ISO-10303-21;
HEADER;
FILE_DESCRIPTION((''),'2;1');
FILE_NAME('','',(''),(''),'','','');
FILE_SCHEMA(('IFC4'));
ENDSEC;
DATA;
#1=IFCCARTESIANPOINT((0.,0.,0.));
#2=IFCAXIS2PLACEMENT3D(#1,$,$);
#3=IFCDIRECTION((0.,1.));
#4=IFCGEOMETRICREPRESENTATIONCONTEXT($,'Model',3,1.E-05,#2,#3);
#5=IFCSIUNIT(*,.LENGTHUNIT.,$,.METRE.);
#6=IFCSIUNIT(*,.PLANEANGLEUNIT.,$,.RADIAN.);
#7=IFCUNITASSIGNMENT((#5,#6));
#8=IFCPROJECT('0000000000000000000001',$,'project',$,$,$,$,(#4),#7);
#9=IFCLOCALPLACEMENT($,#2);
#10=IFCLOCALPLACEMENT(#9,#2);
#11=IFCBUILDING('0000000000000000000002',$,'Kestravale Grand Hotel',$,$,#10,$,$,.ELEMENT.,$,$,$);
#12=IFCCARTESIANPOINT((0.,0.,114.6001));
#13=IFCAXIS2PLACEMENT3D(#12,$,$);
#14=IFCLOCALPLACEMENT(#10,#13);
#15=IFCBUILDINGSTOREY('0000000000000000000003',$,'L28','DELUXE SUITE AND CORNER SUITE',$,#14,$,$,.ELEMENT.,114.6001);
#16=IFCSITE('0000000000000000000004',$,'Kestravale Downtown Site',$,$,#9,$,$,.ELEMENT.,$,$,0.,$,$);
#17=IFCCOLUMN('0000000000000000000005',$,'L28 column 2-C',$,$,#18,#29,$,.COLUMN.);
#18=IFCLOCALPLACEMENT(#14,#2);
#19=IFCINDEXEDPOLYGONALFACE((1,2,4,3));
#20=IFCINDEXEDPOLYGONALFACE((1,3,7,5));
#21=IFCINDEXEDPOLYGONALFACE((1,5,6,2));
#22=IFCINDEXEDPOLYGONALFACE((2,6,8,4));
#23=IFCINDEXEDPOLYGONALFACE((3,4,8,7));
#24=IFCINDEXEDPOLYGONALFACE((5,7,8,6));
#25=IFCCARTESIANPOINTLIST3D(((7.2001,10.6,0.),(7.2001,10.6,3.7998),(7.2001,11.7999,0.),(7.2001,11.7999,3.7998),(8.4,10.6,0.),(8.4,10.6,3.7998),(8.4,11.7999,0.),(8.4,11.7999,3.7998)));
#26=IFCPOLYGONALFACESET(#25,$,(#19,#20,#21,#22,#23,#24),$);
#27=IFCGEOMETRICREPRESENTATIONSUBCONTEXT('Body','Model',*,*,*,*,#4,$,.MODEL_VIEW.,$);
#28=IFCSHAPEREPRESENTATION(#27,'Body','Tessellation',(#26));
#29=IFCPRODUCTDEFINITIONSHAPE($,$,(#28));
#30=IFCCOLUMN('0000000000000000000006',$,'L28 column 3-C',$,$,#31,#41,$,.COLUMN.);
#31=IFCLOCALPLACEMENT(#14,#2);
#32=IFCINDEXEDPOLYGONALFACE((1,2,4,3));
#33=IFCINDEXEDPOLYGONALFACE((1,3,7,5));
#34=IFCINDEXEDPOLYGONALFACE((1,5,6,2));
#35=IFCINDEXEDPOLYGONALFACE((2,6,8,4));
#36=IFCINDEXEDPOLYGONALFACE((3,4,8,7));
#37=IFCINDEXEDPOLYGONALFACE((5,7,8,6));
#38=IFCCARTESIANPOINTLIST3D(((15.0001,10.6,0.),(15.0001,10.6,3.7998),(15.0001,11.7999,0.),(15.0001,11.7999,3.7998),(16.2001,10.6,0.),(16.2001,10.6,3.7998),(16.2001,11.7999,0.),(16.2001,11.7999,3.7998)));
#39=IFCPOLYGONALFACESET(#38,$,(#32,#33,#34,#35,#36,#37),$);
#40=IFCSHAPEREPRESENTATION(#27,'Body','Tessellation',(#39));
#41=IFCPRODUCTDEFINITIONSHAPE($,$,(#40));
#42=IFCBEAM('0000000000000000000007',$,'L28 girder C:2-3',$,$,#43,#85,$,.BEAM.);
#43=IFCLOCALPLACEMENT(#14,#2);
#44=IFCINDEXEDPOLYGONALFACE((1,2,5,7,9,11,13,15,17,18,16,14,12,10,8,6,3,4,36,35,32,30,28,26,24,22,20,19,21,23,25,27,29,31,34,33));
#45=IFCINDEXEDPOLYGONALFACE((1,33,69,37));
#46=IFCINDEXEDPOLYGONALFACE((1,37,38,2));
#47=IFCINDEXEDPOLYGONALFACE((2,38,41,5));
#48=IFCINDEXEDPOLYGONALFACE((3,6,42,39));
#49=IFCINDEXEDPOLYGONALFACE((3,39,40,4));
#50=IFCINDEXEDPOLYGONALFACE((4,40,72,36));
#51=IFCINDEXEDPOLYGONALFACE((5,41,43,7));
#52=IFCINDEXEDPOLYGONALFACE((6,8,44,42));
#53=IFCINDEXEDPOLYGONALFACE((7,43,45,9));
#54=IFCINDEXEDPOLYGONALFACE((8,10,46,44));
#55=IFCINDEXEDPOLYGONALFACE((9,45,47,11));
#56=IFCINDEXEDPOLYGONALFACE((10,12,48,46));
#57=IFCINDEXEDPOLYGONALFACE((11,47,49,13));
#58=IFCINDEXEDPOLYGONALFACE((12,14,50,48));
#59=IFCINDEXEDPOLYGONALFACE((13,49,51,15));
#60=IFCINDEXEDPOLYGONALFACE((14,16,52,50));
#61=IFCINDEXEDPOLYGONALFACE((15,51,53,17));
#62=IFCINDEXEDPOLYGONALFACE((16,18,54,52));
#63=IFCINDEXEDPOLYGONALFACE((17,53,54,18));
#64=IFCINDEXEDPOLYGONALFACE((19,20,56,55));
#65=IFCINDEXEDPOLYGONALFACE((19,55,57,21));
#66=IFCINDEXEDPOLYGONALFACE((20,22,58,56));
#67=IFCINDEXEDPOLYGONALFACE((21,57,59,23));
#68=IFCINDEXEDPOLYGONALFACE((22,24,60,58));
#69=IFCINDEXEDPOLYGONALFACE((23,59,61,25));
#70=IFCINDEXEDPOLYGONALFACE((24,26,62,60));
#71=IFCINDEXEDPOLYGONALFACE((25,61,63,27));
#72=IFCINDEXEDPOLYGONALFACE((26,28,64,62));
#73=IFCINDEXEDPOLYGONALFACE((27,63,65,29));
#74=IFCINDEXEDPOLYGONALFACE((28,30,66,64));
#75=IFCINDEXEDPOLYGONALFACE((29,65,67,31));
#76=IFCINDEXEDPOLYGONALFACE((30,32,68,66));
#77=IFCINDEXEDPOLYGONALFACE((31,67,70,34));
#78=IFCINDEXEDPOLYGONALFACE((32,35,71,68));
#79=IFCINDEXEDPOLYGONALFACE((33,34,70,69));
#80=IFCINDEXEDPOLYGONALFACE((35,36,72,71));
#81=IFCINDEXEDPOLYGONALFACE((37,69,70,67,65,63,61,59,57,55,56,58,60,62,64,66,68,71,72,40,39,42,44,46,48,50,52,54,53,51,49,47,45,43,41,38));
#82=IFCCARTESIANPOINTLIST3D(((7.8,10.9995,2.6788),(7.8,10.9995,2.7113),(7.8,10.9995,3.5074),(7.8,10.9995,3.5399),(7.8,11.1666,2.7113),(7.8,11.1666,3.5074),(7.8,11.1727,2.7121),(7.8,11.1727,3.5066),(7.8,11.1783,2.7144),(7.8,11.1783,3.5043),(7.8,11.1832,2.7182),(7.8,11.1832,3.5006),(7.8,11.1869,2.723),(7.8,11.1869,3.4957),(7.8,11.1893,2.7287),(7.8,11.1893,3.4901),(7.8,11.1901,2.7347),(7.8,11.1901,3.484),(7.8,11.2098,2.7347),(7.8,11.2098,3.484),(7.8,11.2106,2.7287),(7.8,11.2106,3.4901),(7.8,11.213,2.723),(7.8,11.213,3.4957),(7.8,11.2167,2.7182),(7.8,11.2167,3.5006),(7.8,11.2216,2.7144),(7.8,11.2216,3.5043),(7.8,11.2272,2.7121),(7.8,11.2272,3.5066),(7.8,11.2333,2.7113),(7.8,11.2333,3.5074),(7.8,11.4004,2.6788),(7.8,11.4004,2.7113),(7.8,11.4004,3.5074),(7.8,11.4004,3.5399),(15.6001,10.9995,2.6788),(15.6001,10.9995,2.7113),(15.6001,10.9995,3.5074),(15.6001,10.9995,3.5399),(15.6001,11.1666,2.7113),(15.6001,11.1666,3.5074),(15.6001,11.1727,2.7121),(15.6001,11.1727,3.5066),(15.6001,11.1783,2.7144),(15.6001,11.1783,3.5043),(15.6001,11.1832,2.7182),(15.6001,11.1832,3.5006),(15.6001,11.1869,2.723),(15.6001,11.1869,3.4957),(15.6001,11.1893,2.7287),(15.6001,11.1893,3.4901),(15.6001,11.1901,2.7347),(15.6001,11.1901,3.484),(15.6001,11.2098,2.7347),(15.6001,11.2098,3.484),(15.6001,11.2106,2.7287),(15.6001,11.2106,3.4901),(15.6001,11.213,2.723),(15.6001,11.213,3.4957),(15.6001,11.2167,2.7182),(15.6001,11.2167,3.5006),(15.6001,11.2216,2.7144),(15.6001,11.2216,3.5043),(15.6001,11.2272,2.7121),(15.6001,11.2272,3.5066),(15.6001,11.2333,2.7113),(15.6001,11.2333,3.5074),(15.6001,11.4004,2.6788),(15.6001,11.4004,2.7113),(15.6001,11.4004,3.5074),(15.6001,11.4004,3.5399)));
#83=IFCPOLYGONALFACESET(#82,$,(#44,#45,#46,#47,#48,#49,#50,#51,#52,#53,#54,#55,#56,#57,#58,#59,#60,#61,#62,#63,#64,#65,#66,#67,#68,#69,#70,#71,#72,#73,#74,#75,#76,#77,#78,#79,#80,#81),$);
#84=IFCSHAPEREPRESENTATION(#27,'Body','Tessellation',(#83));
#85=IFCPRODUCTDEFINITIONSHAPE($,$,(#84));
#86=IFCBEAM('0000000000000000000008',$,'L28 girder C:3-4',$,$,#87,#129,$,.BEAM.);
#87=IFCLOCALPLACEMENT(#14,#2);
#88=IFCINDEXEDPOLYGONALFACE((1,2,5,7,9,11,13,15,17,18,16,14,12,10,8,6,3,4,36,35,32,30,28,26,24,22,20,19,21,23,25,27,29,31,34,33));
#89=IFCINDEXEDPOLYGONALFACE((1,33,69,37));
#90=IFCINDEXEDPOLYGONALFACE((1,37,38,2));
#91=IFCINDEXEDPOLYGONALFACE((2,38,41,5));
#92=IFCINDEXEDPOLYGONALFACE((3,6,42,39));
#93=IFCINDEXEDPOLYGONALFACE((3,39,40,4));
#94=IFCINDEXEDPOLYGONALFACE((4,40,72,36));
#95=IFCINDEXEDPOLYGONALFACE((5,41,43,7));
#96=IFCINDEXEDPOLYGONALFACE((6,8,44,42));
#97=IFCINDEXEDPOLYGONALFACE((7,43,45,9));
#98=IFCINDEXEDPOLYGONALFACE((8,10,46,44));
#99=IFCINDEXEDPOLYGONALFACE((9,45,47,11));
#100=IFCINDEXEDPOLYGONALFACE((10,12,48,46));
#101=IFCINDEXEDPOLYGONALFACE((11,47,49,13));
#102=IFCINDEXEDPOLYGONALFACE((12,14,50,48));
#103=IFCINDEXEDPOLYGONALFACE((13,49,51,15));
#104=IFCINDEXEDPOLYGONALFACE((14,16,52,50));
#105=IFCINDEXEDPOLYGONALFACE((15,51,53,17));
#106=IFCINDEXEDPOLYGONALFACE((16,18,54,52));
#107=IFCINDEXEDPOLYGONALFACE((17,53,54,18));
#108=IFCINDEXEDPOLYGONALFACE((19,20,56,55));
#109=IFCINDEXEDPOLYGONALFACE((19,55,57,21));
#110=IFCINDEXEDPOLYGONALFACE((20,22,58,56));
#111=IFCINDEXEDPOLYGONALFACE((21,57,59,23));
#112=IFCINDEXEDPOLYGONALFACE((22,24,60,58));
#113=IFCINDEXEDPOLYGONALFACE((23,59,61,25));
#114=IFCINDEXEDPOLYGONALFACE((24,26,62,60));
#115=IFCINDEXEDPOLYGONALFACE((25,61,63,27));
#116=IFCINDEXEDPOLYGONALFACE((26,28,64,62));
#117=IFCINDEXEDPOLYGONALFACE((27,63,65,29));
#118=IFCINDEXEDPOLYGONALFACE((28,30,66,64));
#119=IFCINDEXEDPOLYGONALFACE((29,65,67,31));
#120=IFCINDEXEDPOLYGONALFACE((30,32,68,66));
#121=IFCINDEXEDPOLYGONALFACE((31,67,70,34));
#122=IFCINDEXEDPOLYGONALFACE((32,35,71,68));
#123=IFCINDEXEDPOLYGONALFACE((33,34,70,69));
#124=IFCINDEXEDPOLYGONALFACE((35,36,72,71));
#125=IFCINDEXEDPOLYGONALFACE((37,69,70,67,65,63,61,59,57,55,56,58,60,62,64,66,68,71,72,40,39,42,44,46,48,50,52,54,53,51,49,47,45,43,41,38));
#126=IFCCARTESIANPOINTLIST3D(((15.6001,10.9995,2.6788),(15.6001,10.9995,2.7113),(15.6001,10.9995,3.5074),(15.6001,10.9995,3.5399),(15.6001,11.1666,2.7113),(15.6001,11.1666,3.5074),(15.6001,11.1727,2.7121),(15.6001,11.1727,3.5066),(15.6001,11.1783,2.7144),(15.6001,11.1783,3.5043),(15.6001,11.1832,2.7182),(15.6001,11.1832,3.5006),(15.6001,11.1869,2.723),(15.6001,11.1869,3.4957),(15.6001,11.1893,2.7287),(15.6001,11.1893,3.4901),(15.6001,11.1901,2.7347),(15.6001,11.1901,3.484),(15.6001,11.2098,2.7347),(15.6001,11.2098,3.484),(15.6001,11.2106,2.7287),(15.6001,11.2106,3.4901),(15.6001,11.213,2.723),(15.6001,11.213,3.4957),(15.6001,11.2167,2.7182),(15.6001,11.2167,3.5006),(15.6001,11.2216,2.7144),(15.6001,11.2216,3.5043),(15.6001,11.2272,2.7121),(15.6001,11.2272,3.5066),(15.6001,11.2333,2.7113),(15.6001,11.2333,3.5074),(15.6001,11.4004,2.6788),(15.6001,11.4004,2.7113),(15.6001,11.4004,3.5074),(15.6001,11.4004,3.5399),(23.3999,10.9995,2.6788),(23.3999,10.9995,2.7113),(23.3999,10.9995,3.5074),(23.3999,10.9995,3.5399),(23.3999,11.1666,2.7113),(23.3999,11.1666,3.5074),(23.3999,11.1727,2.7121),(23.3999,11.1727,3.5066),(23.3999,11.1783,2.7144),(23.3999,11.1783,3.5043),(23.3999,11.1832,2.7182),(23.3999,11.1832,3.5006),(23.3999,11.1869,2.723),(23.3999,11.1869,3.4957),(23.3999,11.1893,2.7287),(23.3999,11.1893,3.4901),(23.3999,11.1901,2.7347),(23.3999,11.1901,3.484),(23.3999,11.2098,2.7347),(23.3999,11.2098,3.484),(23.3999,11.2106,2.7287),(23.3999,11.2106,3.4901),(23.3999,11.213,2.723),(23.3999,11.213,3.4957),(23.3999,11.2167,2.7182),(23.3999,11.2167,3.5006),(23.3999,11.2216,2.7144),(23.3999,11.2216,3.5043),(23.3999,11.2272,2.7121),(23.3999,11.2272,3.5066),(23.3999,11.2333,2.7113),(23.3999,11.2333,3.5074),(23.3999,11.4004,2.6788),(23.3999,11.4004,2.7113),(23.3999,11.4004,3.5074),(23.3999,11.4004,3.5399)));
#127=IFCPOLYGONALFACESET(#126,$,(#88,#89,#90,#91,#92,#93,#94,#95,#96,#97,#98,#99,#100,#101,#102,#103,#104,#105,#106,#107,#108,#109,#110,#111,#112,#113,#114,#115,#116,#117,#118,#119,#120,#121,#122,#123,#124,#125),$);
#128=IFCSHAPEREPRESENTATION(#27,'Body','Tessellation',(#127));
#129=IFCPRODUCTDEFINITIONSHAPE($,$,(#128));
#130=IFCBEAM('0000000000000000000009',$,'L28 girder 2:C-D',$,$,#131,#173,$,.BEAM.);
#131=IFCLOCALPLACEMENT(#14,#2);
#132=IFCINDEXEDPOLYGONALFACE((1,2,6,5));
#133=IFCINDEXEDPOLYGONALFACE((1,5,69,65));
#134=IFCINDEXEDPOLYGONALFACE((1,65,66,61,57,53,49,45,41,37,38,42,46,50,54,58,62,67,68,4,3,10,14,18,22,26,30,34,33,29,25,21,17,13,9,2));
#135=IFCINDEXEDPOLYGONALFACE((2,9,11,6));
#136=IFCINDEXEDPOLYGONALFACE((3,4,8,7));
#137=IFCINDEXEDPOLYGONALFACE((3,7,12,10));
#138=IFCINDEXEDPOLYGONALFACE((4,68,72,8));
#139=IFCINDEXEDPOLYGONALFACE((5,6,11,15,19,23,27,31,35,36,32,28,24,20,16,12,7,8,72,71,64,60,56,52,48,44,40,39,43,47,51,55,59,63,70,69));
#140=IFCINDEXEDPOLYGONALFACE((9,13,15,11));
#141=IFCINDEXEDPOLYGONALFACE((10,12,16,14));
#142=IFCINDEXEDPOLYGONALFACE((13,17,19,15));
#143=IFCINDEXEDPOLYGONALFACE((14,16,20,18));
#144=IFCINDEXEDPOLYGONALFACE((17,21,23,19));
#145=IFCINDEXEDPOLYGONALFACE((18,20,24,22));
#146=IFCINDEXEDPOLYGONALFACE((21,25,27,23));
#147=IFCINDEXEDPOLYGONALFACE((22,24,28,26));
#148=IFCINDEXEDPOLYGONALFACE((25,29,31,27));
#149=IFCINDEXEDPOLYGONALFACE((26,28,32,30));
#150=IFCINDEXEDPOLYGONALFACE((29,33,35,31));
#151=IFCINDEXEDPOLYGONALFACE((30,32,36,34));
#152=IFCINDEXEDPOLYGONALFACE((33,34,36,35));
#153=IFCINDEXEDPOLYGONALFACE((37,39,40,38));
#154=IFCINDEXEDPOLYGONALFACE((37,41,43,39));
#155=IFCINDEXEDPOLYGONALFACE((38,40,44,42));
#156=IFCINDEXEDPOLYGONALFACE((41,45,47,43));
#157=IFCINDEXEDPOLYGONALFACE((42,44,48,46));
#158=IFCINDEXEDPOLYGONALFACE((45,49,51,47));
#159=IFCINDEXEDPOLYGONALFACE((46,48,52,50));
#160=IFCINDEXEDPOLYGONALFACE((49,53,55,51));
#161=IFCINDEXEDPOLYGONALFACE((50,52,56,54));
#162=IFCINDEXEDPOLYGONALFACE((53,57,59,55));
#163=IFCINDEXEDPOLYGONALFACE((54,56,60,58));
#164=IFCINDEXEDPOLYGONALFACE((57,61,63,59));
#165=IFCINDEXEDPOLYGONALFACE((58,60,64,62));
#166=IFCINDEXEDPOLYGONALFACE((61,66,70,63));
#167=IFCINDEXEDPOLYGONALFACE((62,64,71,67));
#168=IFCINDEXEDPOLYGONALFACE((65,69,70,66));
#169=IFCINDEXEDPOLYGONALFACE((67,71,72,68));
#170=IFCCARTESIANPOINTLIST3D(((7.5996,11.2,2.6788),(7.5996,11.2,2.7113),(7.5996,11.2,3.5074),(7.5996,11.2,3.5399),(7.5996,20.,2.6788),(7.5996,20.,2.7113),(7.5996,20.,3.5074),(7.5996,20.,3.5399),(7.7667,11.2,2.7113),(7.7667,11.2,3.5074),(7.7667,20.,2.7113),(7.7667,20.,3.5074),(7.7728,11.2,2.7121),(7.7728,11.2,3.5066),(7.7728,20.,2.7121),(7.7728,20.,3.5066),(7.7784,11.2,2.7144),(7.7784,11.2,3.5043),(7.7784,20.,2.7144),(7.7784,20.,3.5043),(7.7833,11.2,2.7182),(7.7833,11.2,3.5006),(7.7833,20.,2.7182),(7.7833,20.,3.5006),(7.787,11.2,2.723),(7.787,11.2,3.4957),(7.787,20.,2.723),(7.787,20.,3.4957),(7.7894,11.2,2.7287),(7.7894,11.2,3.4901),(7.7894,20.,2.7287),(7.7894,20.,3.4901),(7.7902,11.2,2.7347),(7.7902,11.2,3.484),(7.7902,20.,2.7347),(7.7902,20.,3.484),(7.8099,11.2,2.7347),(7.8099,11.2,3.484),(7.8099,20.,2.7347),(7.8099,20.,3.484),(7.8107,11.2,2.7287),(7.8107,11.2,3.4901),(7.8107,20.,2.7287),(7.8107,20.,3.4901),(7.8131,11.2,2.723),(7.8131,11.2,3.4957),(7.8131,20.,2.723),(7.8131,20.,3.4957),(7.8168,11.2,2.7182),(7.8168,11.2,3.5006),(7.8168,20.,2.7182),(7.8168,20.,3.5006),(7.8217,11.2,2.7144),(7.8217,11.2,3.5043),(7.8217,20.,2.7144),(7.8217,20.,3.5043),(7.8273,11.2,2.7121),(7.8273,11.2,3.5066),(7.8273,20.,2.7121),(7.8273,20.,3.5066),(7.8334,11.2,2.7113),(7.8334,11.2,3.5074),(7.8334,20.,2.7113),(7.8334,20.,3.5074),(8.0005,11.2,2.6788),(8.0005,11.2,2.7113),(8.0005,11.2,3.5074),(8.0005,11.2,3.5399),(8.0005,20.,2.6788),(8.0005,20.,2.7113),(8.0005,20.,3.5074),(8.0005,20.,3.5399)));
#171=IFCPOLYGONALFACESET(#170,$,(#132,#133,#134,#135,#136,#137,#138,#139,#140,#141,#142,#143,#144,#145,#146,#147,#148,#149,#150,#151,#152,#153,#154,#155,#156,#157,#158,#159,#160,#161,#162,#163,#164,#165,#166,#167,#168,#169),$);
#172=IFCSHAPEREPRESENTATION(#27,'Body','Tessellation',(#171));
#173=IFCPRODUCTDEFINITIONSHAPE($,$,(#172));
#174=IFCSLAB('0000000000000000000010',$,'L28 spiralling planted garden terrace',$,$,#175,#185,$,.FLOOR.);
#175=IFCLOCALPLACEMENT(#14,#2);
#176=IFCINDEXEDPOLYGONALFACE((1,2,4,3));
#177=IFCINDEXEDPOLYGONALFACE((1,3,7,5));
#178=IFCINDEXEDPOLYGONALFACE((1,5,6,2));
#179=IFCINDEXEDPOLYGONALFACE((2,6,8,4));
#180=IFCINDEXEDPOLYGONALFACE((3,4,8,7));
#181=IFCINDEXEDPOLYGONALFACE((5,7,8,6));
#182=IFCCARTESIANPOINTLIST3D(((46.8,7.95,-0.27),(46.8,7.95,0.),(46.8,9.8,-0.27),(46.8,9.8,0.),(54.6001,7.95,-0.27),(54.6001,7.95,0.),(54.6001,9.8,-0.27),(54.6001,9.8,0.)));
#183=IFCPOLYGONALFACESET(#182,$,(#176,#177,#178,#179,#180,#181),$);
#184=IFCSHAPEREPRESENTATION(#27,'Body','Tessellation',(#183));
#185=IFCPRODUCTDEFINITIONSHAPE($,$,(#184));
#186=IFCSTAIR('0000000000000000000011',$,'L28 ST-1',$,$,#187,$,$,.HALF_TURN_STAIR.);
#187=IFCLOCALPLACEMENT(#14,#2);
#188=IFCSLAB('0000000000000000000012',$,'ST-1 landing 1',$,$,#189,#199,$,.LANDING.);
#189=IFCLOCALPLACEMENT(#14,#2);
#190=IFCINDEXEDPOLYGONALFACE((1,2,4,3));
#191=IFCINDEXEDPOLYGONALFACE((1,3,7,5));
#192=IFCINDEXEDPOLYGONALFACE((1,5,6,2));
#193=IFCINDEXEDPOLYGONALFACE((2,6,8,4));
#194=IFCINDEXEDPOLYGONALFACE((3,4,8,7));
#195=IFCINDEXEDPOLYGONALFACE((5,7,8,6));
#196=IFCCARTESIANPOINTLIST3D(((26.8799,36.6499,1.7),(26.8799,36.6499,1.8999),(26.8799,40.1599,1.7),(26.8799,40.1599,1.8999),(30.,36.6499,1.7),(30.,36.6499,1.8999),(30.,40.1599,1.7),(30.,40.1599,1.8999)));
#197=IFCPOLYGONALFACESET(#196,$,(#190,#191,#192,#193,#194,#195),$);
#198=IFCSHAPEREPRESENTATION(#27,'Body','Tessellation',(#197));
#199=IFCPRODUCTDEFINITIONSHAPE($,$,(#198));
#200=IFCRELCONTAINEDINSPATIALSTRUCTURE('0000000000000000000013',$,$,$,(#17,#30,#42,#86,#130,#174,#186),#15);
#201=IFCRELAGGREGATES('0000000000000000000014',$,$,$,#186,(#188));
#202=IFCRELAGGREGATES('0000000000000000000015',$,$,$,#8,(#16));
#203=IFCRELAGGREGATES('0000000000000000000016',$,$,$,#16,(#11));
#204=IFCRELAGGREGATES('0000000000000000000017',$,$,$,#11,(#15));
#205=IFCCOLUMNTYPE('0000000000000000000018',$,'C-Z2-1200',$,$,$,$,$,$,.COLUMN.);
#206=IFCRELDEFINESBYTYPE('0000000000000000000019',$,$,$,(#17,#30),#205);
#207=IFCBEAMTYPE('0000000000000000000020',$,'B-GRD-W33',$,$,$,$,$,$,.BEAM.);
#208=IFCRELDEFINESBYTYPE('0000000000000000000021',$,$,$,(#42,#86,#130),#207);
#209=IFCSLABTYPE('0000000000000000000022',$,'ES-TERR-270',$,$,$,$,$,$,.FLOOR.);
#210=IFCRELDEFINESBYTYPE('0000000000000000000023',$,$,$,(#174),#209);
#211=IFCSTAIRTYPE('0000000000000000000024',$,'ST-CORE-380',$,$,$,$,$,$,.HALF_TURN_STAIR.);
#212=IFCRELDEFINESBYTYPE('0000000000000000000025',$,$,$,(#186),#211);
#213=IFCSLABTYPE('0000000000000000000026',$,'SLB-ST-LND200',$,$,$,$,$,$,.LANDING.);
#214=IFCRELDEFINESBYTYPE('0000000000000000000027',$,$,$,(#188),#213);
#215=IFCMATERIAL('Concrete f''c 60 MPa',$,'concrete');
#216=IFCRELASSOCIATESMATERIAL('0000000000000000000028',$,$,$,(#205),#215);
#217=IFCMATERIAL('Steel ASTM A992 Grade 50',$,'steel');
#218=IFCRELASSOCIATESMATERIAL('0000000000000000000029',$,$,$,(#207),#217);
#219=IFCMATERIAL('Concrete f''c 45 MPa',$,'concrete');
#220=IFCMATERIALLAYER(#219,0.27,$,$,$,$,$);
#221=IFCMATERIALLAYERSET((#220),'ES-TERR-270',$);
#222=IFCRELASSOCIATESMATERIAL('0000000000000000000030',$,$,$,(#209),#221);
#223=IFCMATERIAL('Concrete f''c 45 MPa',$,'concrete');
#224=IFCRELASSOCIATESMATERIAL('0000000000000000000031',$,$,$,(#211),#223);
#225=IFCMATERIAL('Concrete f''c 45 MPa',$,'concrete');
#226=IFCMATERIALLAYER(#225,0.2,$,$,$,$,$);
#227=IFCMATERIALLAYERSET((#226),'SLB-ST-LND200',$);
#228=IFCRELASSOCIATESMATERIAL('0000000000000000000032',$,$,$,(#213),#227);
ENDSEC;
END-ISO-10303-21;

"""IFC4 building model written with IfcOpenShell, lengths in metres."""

from ifc_helpers import new_model, si_unit, direction, frame, origin, origin_2d, place, context, subcontext, project, spatial, polyline, rectangle, i_section, outline, extrude, material, layer, layer_set, material_profile, profile_set, type_object, element, aggregate, save


model = new_model("IFC4")

# Units and contexts
model_context = context("Model", 3, precision=1e-05, world=origin(), true_north=direction((0.0, 1.0)))
body_context = subcontext(model_context, "Body", "Model", "MODEL_VIEW")
ifc_project = project(units=[si_unit("LENGTHUNIT", "METRE"), si_unit("PLANEANGLEUNIT", "RADIAN")], contexts=[model_context])

# Site, building, storey
site_placement = place(None, origin())
site = spatial("IfcSite", under=ifc_project, at=site_placement, Name="Kestravale Downtown Site", CompositionType="ELEMENT", RefElevation=0.0)
building_placement = place(site_placement, origin())
building = spatial("IfcBuilding", under=site, at=building_placement, Name="Kestravale Grand Hotel", CompositionType="ELEMENT")
storey_placement = place(building_placement, frame((0.0, 0.0, 114.6001)))
storey = spatial("IfcBuildingStorey", under=building, at=storey_placement, Name="L28", Description="DELUXE SUITE AND CORNER SUITE", CompositionType="ELEMENT", Elevation=114.6001)

# Columns
ifc_material_1 = material(Name="Concrete f'c 60 MPa", Category="concrete")
ifc_material_profile_1 = material_profile(ifc_material_1, rectangle(XDim=1.2, YDim=1.2, at=origin_2d()))
ifc_profile_set_1 = profile_set([ifc_material_profile_1], Name="Concrete f'c 60 MPa")
column_type = type_object("IfcColumnType", Name="C-Z2-1200", PredefinedType="COLUMN", material=ifc_profile_set_1)
for number, where, z_axis, x_axis, name in (
    (1, (7.8, 11.2, 0.0), (0.0, 0.0, 1.0), (1.0, 0.0, 0.0), "L28 column 2-C"),
    (2, (15.6001, 11.2, 0.0), (0.0, 0.0, 1.0), (1.0, 0.0, 0.0), "L28 column 3-C"),
):
    element("IfcColumn", number, at=place(storey_placement, frame(where, z_axis=z_axis, x_axis=x_axis)), inside=storey, type_object=column_type, Name=name, PredefinedType="COLUMN", context=body_context, shape_type="SweptSolid", body=[
        extrude(rectangle(XDim=1.2, YDim=1.2, at=origin_2d()), origin(), (0.0, 0.0, 1.0), 3.7998),
    ])

# Beams
ifc_material_2 = material(Name="Steel ASTM A992 Grade 50", Category="steel")
ifc_material_profile_2 = material_profile(ifc_material_2, i_section(OverallWidth=0.4009, OverallDepth=0.8611, WebThickness=0.0198, FlangeThickness=0.0325, FilletRadius=0.0234, at=origin_2d()))
ifc_profile_set_2 = profile_set([ifc_material_profile_2], Name="Steel ASTM A992 Grade 50")
beam_type = type_object("IfcBeamType", Name="B-GRD-W33", PredefinedType="BEAM", material=ifc_profile_set_2)
beam_1_placement = place(storey_placement, frame((7.8, 11.2, 3.1094), z_axis=(1.0, 0.0, 0.0), x_axis=(0.0, 1.0, 0.0)))
element("IfcBeam", 3, at=beam_1_placement, inside=storey, type_object=beam_type, Name="L28 girder C:2-3", PredefinedType="BEAM", context=body_context, shape_type="SweptSolid", body=[
    extrude(i_section(OverallWidth=0.4009, OverallDepth=0.8611, WebThickness=0.0198, FlangeThickness=0.0325, FilletRadius=0.0234, at=origin_2d()), origin(), (0.0, 0.0, 1.0), 7.8),
])
beam_2_placement = place(storey_placement, frame((15.6001, 11.2, 3.1094), z_axis=(1.0, 0.0, 0.0), x_axis=(0.0, 1.0, 0.0)))
element("IfcBeam", 4, at=beam_2_placement, inside=storey, type_object=beam_type, Name="L28 girder C:3-4", PredefinedType="BEAM", context=body_context, shape_type="SweptSolid", body=[
    extrude(i_section(OverallWidth=0.4009, OverallDepth=0.8611, WebThickness=0.0198, FlangeThickness=0.0325, FilletRadius=0.0234, at=origin_2d()), origin(), (0.0, 0.0, 1.0), 7.7998),
])
beam_3_placement = place(storey_placement, frame((7.8, 11.2, 3.1094), z_axis=(0.0, 1.0, 0.0), x_axis=(-1.0, 0.0, 0.0)))
element("IfcBeam", 5, at=beam_3_placement, inside=storey, type_object=beam_type, Name="L28 girder 2:C-D", PredefinedType="BEAM", context=body_context, shape_type="SweptSolid", body=[
    extrude(i_section(OverallWidth=0.4009, OverallDepth=0.8611, WebThickness=0.0198, FlangeThickness=0.0325, FilletRadius=0.0234, at=origin_2d()), origin(), (0.0, 0.0, 1.0), 8.8),
])

# Slab
ifc_material_3 = material(Name="Concrete f'c 45 MPa", Category="concrete")
ifc_layer_1 = layer(ifc_material_3, 0.27)
ifc_layer_set_1 = layer_set([ifc_layer_1], Name="ES-TERR-270")
slab_type_1 = type_object("IfcSlabType", Name="ES-TERR-270", PredefinedType="FLOOR", material=ifc_layer_set_1)
slab_1_placement = place(storey_placement, frame((0.0, 0.0, -0.27)))
element("IfcSlab", 6, at=slab_1_placement, inside=storey, type_object=slab_type_1, Name="L28 spiralling planted garden terrace", PredefinedType="FLOOR", context=body_context, shape_type="SweptSolid", body=[
    extrude(outline(polyline([(46.8, 7.95), (54.6001, 7.95), (54.6001, 9.8), (46.8, 9.8), (46.8, 7.95)])), origin(), (0.0, 0.0, 1.0), 0.27),
])

# Stair, slab
ifc_material_4 = material(Name="Concrete f'c 45 MPa", Category="concrete")
stair_type = type_object("IfcStairType", Name="ST-CORE-380", PredefinedType="HALF_TURN_STAIR", material=ifc_material_4)
stair_1_placement = place(storey_placement, origin())
stair_1 = element("IfcStair", 7, at=stair_1_placement, inside=storey, type_object=stair_type, Name="L28 ST-1", PredefinedType="HALF_TURN_STAIR")
ifc_material_5 = material(Name="Concrete f'c 45 MPa", Category="concrete")
ifc_layer_2 = layer(ifc_material_5, 0.2)
ifc_layer_set_2 = layer_set([ifc_layer_2], Name="SLB-ST-LND200")
slab_type_2 = type_object("IfcSlabType", Name="SLB-ST-LND200", PredefinedType="LANDING", material=ifc_layer_set_2)
slab_2_placement = place(storey_placement, frame((0.0, 0.0, 1.7)))
slab_2 = element("IfcSlab", 8, at=slab_2_placement, type_object=slab_type_2, Name="ST-1 landing 1", PredefinedType="LANDING", context=body_context, shape_type="SweptSolid", body=[
    extrude(outline(polyline([(26.8799, 36.6499), (30.0, 36.6499), (30.0, 40.1599), (26.8799, 40.1599), (26.8799, 36.6499)])), origin(), (0.0, 0.0, 1.0), 0.2),
])
aggregate(stair_1, [slab_2])

save(model, "model.ifc")
